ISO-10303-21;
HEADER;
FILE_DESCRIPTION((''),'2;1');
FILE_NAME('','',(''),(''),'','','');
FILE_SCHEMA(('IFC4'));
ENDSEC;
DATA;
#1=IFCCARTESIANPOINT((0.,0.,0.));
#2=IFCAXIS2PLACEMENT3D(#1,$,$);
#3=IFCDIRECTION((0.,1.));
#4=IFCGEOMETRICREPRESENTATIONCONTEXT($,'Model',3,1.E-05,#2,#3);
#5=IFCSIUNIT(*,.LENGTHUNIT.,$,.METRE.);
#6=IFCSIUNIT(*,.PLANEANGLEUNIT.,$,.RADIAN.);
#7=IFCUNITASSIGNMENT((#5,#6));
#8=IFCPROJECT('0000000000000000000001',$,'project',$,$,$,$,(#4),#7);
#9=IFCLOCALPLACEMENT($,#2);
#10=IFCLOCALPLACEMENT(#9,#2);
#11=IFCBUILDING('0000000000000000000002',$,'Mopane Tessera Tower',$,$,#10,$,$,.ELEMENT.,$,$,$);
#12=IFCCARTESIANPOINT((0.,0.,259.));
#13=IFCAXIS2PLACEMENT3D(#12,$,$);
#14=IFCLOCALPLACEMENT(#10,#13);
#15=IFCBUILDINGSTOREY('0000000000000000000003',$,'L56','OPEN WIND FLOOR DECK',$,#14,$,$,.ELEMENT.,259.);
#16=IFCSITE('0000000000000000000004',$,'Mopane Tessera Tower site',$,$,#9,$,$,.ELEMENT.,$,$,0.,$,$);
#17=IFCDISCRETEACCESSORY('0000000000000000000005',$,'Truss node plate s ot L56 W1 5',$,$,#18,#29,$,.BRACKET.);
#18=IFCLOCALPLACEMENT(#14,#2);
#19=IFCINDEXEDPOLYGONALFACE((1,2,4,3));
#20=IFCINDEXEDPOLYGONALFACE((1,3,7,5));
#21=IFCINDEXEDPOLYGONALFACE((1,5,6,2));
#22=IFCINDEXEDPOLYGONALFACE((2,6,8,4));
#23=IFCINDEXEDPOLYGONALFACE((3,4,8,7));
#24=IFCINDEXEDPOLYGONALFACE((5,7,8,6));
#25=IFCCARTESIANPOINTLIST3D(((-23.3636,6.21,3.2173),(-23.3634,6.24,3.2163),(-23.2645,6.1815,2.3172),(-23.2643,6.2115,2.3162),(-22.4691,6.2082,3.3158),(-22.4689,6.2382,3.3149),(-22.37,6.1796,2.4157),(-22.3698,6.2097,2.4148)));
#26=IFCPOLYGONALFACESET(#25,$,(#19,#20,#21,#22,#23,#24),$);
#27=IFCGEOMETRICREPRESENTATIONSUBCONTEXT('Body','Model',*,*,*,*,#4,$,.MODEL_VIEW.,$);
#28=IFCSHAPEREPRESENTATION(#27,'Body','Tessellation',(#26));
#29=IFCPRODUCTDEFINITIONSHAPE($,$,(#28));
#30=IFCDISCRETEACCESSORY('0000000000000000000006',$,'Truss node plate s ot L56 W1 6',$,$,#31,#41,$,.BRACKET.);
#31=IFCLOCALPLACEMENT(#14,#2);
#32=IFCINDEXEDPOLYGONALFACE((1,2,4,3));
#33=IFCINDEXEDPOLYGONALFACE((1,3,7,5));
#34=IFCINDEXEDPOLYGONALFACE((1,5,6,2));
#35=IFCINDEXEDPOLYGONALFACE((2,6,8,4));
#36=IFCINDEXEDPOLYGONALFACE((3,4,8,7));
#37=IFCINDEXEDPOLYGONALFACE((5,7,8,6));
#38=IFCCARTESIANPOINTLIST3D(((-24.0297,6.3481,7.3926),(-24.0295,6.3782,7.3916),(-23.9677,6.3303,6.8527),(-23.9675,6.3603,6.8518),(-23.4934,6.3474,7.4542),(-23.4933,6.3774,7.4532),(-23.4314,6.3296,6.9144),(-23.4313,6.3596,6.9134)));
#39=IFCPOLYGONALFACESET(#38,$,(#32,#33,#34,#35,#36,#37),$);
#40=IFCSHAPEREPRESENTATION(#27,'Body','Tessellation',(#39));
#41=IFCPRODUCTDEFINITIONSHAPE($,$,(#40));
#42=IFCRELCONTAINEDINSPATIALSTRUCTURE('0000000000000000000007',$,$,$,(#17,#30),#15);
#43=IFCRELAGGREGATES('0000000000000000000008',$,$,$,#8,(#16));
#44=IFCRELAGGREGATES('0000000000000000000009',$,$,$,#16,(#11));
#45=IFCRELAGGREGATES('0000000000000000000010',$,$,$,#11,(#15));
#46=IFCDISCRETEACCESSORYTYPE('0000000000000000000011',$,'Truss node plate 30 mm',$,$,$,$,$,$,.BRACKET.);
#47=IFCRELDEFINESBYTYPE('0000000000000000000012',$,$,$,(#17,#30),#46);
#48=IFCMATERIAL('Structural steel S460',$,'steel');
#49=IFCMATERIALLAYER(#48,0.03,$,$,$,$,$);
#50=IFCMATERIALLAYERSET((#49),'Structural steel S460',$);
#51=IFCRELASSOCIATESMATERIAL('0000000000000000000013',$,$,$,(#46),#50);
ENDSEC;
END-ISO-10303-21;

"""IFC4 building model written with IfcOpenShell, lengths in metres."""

from ifc_helpers import new_model, si_unit, direction, frame, origin, origin_2d, place, context, subcontext, project, spatial, rectangle, extrude, material, layer, layer_set, type_object, element, save


model = new_model("IFC4")

# Units and contexts
model_context = context("Model", 3, precision=1e-05, world=origin(), true_north=direction((0.0, 1.0)))
body_context = subcontext(model_context, "Body", "Model", "MODEL_VIEW")
ifc_project = project(units=[si_unit("LENGTHUNIT", "METRE"), si_unit("PLANEANGLEUNIT", "RADIAN")], contexts=[model_context])

# Site, building, storey
site_placement = place(None, origin())
site = spatial("IfcSite", under=ifc_project, at=site_placement, Name="Mopane Tessera Tower site", CompositionType="ELEMENT", RefElevation=0.0)
building_placement = place(site_placement, origin())
building = spatial("IfcBuilding", under=site, at=building_placement, Name="Mopane Tessera Tower", CompositionType="ELEMENT")
storey_placement = place(building_placement, frame((0.0, 0.0, 259.0)))
storey = spatial("IfcBuildingStorey", under=building, at=storey_placement, Name="L56", Description="OPEN WIND FLOOR DECK", CompositionType="ELEMENT", Elevation=259.0)

# Discrete accessories
ifc_material_1 = material(Name="Structural steel S460", Category="steel")
ifc_layer_1 = layer(ifc_material_1, 0.03)
ifc_layer_set_1 = layer_set([ifc_layer_1], Name="Structural steel S460")
discrete_accessory_type = type_object("IfcDiscreteAccessoryType", Name="Truss node plate 30 mm", PredefinedType="BRACKET", material=ifc_layer_set_1)
discrete_accessory_1_placement = place(storey_placement, frame((-22.8171, 6.1956, 2.366), z_axis=(-0.109401, 0.031527, 0.993498), x_axis=(-0.005463, -0.999501, 0.031116)))
element("IfcDiscreteAccessory", 1, at=discrete_accessory_1_placement, inside=storey, type_object=discrete_accessory_type, Name="Truss node plate s ot L56 W1 5", PredefinedType="BRACKET", context=body_context, shape_type="SweptSolid", body=[
    extrude(rectangle(XDim=0.03, YDim=0.8999, at=origin_2d()), origin(), (0.0, 0.0, 1.0), 0.906),
])
discrete_accessory_2_placement = place(storey_placement, frame((-23.6995, 6.345, 6.8831), z_axis=(-0.114068, 0.032783, 0.992932), x_axis=(-0.005045, -0.999462, 0.032419)))
element("IfcDiscreteAccessory", 2, at=discrete_accessory_2_placement, inside=storey, type_object=discrete_accessory_type, Name="Truss node plate s ot L56 W1 6", PredefinedType="BRACKET", context=body_context, shape_type="SweptSolid", body=[
    extrude(rectangle(XDim=0.03, YDim=0.5398, at=origin_2d()), origin(), (0.0, 0.0, 1.0), 0.5437),
])

save(model, "model.ifc")
